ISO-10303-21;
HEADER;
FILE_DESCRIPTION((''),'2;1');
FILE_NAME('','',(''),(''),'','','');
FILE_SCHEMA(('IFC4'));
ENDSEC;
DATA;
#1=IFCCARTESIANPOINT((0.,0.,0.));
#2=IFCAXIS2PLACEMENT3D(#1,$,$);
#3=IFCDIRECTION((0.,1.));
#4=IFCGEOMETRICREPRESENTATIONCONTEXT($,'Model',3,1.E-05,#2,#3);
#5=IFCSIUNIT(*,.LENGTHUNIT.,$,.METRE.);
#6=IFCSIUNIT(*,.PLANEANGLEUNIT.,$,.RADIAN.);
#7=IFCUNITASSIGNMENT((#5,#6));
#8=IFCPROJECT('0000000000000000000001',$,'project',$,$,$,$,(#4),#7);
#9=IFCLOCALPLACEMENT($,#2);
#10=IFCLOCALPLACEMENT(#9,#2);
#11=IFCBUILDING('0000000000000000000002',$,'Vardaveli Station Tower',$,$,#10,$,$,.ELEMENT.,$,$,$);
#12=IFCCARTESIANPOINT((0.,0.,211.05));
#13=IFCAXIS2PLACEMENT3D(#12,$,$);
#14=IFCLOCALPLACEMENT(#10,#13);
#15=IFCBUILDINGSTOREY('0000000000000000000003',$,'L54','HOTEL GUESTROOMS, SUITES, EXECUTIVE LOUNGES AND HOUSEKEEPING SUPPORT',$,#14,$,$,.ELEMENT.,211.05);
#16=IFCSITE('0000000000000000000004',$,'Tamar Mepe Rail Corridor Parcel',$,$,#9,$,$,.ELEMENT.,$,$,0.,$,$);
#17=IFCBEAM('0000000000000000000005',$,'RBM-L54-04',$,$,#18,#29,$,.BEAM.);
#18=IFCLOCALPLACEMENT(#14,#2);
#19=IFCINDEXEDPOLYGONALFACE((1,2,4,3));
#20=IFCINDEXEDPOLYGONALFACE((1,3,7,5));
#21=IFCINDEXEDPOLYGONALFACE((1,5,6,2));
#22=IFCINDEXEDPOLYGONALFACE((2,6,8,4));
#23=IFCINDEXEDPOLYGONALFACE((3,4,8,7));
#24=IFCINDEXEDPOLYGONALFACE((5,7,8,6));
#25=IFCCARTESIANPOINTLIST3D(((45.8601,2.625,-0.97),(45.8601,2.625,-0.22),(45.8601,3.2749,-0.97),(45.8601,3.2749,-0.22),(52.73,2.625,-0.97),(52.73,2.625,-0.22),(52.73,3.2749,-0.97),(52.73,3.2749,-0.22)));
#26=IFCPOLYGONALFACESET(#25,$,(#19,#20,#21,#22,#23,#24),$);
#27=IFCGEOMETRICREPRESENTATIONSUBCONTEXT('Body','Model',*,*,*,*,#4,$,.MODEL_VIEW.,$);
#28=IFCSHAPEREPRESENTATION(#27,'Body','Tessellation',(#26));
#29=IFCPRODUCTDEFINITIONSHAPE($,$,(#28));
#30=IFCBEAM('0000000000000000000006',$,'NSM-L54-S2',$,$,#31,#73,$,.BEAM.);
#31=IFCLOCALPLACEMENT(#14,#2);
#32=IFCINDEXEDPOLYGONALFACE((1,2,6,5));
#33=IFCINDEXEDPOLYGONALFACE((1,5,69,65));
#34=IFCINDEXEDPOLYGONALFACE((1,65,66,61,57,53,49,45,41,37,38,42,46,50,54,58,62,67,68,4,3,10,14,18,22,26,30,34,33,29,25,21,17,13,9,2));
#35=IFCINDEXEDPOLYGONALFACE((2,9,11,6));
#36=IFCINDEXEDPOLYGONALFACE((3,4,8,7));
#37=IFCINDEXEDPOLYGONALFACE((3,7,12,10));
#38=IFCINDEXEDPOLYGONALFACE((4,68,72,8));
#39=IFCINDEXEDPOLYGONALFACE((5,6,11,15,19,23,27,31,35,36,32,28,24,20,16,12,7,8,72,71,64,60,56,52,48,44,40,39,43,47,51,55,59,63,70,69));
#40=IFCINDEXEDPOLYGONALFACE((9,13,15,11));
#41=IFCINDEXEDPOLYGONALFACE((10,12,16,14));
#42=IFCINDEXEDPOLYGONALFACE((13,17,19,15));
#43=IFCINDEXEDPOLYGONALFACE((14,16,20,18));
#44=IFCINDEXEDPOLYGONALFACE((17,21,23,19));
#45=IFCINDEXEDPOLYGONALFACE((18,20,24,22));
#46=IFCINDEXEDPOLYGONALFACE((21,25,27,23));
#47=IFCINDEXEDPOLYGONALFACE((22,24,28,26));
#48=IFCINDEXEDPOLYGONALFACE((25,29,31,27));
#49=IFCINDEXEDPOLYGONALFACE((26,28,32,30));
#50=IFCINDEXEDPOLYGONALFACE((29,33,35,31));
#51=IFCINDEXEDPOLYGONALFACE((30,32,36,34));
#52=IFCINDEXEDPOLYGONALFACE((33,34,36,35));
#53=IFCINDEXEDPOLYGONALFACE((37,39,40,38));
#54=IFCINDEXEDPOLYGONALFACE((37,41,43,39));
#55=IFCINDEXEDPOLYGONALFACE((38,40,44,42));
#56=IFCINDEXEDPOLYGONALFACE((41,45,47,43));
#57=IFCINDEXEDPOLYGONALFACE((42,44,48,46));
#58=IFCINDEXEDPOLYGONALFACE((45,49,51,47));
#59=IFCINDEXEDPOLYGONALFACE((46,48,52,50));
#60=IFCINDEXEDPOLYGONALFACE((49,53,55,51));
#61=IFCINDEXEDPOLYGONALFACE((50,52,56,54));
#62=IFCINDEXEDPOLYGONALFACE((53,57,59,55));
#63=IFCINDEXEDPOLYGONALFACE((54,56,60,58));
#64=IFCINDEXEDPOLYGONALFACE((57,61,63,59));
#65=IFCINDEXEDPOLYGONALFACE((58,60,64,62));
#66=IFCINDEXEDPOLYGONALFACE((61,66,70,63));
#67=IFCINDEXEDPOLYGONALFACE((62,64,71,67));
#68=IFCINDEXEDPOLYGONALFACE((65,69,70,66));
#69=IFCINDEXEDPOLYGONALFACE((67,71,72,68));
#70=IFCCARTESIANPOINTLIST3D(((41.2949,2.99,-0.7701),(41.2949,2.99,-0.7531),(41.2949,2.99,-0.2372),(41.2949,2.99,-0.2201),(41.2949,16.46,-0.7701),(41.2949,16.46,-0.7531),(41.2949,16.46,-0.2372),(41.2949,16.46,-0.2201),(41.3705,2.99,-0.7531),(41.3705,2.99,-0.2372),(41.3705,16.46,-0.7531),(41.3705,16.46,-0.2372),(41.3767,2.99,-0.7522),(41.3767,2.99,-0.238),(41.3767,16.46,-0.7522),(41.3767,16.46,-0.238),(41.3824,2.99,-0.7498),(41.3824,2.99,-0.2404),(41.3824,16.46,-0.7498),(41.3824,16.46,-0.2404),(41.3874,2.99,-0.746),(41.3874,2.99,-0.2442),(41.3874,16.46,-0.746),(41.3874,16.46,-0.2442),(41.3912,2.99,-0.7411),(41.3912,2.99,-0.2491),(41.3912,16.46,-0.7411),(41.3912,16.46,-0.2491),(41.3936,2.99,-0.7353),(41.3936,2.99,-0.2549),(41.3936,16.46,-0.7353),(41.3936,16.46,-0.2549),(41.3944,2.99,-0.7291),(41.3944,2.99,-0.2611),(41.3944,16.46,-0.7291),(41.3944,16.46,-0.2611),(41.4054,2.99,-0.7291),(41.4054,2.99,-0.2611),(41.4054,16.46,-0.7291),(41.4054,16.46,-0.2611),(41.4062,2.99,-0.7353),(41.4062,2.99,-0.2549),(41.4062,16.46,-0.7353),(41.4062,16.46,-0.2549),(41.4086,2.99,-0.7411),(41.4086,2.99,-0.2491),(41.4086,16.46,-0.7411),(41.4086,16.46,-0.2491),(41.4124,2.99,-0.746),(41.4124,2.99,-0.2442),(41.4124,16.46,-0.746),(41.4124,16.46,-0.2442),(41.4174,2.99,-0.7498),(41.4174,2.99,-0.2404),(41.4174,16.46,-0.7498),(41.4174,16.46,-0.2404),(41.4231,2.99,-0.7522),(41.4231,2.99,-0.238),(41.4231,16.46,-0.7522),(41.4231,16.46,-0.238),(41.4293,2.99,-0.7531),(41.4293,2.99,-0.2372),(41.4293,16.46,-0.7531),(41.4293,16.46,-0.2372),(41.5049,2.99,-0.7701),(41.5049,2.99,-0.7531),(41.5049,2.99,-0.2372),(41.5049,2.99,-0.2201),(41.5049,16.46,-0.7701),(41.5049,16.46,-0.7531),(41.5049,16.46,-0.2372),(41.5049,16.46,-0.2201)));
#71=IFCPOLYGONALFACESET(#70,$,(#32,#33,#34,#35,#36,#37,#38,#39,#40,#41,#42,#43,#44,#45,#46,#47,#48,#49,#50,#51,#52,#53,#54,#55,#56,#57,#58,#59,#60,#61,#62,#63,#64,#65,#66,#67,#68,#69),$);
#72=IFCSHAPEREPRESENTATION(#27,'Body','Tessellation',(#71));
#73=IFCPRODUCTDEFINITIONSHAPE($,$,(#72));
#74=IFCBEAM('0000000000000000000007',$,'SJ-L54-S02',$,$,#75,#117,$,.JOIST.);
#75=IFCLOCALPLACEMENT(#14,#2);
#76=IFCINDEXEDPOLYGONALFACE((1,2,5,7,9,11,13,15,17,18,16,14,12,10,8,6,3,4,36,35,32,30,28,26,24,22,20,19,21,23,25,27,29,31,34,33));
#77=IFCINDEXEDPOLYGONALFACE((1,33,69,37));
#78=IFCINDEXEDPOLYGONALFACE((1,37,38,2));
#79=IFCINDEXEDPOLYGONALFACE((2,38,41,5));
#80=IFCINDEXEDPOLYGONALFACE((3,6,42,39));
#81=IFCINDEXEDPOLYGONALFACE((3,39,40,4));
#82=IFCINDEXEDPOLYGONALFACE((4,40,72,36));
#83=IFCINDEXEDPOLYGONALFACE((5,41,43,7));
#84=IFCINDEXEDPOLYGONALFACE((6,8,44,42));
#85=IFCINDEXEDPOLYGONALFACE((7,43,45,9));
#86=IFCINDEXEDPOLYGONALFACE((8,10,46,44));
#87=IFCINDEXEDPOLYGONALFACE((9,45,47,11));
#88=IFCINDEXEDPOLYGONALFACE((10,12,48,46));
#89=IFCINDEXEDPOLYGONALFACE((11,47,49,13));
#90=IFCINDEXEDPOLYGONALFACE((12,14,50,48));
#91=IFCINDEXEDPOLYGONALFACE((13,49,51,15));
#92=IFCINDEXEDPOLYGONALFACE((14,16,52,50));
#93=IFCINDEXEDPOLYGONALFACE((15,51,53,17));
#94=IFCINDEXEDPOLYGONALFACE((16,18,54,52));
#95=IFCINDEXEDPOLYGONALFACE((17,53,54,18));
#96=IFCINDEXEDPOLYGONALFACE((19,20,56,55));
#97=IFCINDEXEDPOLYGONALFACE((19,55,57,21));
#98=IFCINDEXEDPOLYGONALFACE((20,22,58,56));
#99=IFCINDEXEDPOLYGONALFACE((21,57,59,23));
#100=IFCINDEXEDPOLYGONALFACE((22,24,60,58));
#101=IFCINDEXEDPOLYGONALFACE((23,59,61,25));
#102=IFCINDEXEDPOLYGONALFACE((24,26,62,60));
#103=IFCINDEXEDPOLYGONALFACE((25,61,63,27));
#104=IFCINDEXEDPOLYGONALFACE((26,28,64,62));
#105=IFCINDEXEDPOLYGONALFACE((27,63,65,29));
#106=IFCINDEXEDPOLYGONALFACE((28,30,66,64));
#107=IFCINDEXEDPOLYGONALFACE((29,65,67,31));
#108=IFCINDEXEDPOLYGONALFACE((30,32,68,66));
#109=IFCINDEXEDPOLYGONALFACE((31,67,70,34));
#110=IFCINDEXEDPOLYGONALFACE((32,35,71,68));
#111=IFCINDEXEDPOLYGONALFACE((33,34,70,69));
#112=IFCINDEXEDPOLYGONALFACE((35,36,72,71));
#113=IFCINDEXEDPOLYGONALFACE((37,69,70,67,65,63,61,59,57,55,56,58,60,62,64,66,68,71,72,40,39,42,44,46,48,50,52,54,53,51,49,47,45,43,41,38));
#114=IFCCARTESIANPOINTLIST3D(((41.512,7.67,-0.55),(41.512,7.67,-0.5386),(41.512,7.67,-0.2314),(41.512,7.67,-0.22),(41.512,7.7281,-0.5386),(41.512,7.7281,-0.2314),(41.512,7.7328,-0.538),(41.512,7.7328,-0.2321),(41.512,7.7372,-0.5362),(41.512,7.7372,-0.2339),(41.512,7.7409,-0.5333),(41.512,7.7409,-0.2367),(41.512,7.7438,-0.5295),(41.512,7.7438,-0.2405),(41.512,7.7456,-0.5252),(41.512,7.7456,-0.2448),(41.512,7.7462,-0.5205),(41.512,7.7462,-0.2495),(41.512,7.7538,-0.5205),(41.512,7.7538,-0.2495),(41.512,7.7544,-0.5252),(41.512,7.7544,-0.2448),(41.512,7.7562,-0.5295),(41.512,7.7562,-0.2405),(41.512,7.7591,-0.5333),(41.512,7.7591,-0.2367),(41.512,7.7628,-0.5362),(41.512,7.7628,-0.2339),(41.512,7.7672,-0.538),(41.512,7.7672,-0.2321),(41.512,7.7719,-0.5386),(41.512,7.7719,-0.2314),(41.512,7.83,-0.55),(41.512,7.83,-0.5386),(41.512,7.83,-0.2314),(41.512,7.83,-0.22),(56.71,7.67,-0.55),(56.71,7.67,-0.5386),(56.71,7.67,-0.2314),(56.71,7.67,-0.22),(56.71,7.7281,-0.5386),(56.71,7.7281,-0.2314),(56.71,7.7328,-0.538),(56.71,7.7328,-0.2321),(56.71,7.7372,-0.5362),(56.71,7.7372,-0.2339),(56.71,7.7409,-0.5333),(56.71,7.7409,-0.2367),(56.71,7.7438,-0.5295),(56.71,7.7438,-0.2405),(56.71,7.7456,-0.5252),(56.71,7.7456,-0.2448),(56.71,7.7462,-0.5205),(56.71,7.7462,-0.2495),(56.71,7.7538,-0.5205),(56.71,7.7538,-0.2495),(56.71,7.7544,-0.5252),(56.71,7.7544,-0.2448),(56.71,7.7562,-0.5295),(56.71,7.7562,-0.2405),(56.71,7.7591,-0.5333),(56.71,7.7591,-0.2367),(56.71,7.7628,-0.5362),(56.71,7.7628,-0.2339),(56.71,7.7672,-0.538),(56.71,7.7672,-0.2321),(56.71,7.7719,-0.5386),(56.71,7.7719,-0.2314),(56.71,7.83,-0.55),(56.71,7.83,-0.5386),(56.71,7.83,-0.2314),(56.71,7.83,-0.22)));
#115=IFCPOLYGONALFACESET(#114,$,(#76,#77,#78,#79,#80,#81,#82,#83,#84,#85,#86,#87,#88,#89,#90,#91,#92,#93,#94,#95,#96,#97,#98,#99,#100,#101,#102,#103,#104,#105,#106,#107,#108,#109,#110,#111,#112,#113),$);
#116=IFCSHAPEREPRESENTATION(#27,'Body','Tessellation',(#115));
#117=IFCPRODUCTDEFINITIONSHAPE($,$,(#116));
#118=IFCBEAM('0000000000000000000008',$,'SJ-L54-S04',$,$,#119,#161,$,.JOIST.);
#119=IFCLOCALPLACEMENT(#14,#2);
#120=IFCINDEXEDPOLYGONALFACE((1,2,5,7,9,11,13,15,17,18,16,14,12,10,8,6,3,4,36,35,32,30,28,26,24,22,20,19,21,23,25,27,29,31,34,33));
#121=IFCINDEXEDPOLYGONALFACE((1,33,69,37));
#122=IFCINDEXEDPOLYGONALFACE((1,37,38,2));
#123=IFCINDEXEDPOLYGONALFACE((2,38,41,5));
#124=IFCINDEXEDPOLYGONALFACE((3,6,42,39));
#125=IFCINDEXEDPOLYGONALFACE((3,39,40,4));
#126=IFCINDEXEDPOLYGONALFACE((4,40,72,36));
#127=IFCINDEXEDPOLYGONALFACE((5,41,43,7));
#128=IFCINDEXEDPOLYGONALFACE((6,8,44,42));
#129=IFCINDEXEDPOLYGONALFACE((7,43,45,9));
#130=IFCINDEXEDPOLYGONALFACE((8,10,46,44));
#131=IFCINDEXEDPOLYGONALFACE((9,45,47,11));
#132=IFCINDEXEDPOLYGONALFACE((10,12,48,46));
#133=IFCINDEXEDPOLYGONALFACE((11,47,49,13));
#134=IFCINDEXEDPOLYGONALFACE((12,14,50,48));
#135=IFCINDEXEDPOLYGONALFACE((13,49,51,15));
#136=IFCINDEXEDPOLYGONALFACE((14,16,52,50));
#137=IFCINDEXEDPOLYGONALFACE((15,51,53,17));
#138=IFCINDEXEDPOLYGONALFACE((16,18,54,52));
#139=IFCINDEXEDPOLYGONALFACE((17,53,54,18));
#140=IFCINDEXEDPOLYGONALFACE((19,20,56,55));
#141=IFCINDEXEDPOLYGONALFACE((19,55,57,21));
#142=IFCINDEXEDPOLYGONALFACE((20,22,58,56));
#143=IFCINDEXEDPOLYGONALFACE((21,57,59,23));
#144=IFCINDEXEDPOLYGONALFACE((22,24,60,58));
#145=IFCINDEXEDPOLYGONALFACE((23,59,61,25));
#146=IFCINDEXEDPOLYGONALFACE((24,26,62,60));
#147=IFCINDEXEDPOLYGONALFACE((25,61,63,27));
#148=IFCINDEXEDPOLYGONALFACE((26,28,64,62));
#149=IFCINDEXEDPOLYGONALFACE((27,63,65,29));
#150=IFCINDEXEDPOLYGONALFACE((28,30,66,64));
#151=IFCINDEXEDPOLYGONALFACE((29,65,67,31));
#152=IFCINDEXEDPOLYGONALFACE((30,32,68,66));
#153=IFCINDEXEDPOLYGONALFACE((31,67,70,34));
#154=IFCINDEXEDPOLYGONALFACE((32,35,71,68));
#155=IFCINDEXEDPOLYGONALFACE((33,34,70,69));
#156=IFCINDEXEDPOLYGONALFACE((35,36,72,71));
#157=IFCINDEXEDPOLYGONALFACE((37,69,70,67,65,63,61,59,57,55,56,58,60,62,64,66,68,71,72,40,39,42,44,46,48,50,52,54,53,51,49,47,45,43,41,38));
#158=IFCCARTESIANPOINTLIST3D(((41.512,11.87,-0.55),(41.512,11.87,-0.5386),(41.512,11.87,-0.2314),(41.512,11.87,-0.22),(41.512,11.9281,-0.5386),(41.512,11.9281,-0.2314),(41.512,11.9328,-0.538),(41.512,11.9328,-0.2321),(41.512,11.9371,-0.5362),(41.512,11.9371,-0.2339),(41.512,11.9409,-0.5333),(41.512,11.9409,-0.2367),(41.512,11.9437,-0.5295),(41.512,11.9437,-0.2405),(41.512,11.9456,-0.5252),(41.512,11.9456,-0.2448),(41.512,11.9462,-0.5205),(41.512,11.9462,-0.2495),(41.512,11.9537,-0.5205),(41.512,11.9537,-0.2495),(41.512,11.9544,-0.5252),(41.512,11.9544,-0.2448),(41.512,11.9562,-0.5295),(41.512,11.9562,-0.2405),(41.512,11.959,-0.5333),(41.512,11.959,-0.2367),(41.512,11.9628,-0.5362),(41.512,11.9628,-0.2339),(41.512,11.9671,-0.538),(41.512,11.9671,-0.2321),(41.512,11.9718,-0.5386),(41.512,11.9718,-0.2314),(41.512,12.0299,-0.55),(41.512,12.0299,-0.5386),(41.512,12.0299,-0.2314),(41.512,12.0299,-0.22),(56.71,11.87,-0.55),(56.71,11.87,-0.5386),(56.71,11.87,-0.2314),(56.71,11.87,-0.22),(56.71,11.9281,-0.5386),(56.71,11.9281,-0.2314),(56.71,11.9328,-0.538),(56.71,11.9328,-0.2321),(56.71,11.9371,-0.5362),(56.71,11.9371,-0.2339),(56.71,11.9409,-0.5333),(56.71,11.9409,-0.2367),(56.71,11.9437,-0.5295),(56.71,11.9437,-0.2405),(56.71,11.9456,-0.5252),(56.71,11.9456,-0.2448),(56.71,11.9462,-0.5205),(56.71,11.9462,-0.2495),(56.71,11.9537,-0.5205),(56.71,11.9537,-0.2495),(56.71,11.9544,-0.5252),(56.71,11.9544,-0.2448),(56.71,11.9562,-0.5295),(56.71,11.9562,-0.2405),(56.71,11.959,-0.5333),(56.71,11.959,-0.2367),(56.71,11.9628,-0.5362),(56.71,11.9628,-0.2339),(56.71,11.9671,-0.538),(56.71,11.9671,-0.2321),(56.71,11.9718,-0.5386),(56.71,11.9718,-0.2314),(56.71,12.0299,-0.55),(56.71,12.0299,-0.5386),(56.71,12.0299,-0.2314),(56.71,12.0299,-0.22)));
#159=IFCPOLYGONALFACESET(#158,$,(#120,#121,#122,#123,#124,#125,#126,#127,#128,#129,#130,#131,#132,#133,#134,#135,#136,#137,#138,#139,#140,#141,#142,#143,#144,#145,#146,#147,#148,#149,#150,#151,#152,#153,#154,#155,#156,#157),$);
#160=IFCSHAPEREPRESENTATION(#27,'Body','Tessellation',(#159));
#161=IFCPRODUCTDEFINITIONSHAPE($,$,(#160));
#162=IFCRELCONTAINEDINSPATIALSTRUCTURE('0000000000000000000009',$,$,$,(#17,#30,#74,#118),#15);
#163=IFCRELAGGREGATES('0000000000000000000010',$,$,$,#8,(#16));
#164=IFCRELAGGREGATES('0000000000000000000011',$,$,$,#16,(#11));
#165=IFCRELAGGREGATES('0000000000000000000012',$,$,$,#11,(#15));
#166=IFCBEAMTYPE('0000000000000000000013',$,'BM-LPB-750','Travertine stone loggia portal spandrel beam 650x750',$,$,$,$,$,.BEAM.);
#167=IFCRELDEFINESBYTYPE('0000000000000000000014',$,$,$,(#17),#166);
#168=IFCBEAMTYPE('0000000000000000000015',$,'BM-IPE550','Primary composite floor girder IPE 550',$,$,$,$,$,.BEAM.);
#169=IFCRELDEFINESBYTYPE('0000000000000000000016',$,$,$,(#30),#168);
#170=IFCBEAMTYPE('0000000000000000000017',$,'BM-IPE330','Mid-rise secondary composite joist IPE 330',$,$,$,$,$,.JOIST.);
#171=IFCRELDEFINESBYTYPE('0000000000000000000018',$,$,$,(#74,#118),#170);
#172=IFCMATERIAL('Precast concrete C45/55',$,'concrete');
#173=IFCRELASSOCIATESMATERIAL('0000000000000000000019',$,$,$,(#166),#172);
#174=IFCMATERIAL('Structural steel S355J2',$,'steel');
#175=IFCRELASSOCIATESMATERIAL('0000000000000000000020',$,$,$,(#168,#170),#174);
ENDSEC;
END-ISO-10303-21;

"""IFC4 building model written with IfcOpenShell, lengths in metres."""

from ifc_helpers import new_model, si_unit, direction, frame, origin, origin_2d, place, context, subcontext, project, spatial, rectangle, i_section, extrude, source, transform, mapped, material, material_profile, profile_set, type_object, element, save


model = new_model("IFC4")

# Units and contexts
model_context = context("Model", 3, precision=1e-05, world=origin(), true_north=direction((0.0, 1.0)))
body_context = subcontext(model_context, "Body", "Model", "MODEL_VIEW")
ifc_project = project(units=[si_unit("LENGTHUNIT", "METRE"), si_unit("PLANEANGLEUNIT", "RADIAN")], contexts=[model_context])

# Site, building, storey
site_placement = place(None, origin())
site = spatial("IfcSite", under=ifc_project, at=site_placement, Name="Tamar Mepe Rail Corridor Parcel", CompositionType="ELEMENT", RefElevation=0.0)
building_placement = place(site_placement, origin())
building = spatial("IfcBuilding", under=site, at=building_placement, Name="Vardaveli Station Tower", CompositionType="ELEMENT")
storey_placement = place(building_placement, frame((0.0, 0.0, 211.05)))
storey = spatial("IfcBuildingStorey", under=building, at=storey_placement, Name="L54", Description="HOTEL GUESTROOMS, SUITES, EXECUTIVE LOUNGES AND HOUSEKEEPING SUPPORT", CompositionType="ELEMENT", Elevation=211.05)

# Beams
ifc_material_1 = material(Name="Structural steel S355J2", Category="steel")
ifc_material_2 = material(Name="Precast concrete C45/55", Category="concrete")
ifc_material_profile_1 = material_profile(ifc_material_2, rectangle(XDim=0.6499, YDim=0.75, at=origin_2d()), Name="LPB 650x750")
ifc_profile_set_1 = profile_set([ifc_material_profile_1], Name="Precast concrete C45/55")
beam_type_1 = type_object("IfcBeamType", Name="BM-LPB-750", Description="Travertine stone loggia portal spandrel beam 650x750", PredefinedType="BEAM", material=ifc_profile_set_1)
shared_shape_1 = source(origin(), body_context, "Body", "SweptSolid", [
    extrude(rectangle(XDim=0.6499, YDim=0.75, at=origin_2d()), origin(), (0.0, 0.0, 1.0), 6.8699),
])
beam_1_placement = place(storey_placement, frame((45.8601, 2.95, -0.595), z_axis=(1.0, 0.0, 0.0), x_axis=(0.0, 1.0, 0.0)))
element("IfcBeam", 1, at=beam_1_placement, inside=storey, type_object=beam_type_1, Name="RBM-L54-04", PredefinedType="BEAM", context=body_context, shape_type="MappedRepresentation", body=[
    mapped(shared_shape_1, transform((0.0, 0.0, 0.0), scale=1.0)),
])
ifc_material_profile_2 = material_profile(ifc_material_1, i_section(OverallWidth=0.21, OverallDepth=0.55, WebThickness=0.011, FlangeThickness=0.0171, FilletRadius=0.0239, at=origin_2d()), Name="IPE 550")
ifc_profile_set_2 = profile_set([ifc_material_profile_2], Name="Structural steel S355J2")
beam_type_2 = type_object("IfcBeamType", Name="BM-IPE550", Description="Primary composite floor girder IPE 550", PredefinedType="BEAM", material=ifc_profile_set_2)
shared_shape_2 = source(origin(), body_context, "Body", "SweptSolid", [
    extrude(i_section(OverallWidth=0.21, OverallDepth=0.55, WebThickness=0.011, FlangeThickness=0.0171, FilletRadius=0.0239, at=origin_2d()), origin(), (0.0, 0.0, 1.0), 13.47),
])
beam_2_placement = place(storey_placement, frame((41.3999, 2.99, -0.4951), z_axis=(0.0, 1.0, 0.0), x_axis=(-1.0, 0.0, 0.0)))
element("IfcBeam", 2, at=beam_2_placement, inside=storey, type_object=beam_type_2, Name="NSM-L54-S2", PredefinedType="BEAM", context=body_context, shape_type="MappedRepresentation", body=[
    mapped(shared_shape_2, transform((0.0, 0.0, 0.0), scale=1.0)),
])
ifc_material_profile_3 = material_profile(ifc_material_1, i_section(OverallWidth=0.1599, OverallDepth=0.3301, WebThickness=0.0076, FlangeThickness=0.0115, FilletRadius=0.0181, at=origin_2d()), Name="IPE 330")
ifc_profile_set_3 = profile_set([ifc_material_profile_3], Name="Structural steel S355J2")
beam_type_3 = type_object("IfcBeamType", Name="BM-IPE330", Description="Mid-rise secondary composite joist IPE 330", PredefinedType="JOIST", material=ifc_profile_set_3)
shared_shape_3 = source(origin(), body_context, "Body", "SweptSolid", [
    extrude(i_section(OverallWidth=0.1599, OverallDepth=0.3301, WebThickness=0.0076, FlangeThickness=0.0115, FilletRadius=0.0181, at=origin_2d()), origin(), (0.0, 0.0, 1.0), 15.198),
])
for number, where, z_axis, x_axis, name in (
    (3, (41.512, 7.75, -0.385), (1.0, 0.0, 0.0), (0.0, 1.0, 0.0), "SJ-L54-S02"),
    (4, (41.512, 11.95, -0.385), (1.0, 0.0, 0.0), (0.0, 1.0, 0.0), "SJ-L54-S04"),
):
    element("IfcBeam", number, at=place(storey_placement, frame(where, z_axis=z_axis, x_axis=x_axis)), inside=storey, type_object=beam_type_3, Name=name, PredefinedType="JOIST", context=body_context, shape_type="MappedRepresentation", body=[
        mapped(shared_shape_3, transform((0.0, 0.0, 0.0), scale=1.0)),
    ])

save(model, "model.ifc")
